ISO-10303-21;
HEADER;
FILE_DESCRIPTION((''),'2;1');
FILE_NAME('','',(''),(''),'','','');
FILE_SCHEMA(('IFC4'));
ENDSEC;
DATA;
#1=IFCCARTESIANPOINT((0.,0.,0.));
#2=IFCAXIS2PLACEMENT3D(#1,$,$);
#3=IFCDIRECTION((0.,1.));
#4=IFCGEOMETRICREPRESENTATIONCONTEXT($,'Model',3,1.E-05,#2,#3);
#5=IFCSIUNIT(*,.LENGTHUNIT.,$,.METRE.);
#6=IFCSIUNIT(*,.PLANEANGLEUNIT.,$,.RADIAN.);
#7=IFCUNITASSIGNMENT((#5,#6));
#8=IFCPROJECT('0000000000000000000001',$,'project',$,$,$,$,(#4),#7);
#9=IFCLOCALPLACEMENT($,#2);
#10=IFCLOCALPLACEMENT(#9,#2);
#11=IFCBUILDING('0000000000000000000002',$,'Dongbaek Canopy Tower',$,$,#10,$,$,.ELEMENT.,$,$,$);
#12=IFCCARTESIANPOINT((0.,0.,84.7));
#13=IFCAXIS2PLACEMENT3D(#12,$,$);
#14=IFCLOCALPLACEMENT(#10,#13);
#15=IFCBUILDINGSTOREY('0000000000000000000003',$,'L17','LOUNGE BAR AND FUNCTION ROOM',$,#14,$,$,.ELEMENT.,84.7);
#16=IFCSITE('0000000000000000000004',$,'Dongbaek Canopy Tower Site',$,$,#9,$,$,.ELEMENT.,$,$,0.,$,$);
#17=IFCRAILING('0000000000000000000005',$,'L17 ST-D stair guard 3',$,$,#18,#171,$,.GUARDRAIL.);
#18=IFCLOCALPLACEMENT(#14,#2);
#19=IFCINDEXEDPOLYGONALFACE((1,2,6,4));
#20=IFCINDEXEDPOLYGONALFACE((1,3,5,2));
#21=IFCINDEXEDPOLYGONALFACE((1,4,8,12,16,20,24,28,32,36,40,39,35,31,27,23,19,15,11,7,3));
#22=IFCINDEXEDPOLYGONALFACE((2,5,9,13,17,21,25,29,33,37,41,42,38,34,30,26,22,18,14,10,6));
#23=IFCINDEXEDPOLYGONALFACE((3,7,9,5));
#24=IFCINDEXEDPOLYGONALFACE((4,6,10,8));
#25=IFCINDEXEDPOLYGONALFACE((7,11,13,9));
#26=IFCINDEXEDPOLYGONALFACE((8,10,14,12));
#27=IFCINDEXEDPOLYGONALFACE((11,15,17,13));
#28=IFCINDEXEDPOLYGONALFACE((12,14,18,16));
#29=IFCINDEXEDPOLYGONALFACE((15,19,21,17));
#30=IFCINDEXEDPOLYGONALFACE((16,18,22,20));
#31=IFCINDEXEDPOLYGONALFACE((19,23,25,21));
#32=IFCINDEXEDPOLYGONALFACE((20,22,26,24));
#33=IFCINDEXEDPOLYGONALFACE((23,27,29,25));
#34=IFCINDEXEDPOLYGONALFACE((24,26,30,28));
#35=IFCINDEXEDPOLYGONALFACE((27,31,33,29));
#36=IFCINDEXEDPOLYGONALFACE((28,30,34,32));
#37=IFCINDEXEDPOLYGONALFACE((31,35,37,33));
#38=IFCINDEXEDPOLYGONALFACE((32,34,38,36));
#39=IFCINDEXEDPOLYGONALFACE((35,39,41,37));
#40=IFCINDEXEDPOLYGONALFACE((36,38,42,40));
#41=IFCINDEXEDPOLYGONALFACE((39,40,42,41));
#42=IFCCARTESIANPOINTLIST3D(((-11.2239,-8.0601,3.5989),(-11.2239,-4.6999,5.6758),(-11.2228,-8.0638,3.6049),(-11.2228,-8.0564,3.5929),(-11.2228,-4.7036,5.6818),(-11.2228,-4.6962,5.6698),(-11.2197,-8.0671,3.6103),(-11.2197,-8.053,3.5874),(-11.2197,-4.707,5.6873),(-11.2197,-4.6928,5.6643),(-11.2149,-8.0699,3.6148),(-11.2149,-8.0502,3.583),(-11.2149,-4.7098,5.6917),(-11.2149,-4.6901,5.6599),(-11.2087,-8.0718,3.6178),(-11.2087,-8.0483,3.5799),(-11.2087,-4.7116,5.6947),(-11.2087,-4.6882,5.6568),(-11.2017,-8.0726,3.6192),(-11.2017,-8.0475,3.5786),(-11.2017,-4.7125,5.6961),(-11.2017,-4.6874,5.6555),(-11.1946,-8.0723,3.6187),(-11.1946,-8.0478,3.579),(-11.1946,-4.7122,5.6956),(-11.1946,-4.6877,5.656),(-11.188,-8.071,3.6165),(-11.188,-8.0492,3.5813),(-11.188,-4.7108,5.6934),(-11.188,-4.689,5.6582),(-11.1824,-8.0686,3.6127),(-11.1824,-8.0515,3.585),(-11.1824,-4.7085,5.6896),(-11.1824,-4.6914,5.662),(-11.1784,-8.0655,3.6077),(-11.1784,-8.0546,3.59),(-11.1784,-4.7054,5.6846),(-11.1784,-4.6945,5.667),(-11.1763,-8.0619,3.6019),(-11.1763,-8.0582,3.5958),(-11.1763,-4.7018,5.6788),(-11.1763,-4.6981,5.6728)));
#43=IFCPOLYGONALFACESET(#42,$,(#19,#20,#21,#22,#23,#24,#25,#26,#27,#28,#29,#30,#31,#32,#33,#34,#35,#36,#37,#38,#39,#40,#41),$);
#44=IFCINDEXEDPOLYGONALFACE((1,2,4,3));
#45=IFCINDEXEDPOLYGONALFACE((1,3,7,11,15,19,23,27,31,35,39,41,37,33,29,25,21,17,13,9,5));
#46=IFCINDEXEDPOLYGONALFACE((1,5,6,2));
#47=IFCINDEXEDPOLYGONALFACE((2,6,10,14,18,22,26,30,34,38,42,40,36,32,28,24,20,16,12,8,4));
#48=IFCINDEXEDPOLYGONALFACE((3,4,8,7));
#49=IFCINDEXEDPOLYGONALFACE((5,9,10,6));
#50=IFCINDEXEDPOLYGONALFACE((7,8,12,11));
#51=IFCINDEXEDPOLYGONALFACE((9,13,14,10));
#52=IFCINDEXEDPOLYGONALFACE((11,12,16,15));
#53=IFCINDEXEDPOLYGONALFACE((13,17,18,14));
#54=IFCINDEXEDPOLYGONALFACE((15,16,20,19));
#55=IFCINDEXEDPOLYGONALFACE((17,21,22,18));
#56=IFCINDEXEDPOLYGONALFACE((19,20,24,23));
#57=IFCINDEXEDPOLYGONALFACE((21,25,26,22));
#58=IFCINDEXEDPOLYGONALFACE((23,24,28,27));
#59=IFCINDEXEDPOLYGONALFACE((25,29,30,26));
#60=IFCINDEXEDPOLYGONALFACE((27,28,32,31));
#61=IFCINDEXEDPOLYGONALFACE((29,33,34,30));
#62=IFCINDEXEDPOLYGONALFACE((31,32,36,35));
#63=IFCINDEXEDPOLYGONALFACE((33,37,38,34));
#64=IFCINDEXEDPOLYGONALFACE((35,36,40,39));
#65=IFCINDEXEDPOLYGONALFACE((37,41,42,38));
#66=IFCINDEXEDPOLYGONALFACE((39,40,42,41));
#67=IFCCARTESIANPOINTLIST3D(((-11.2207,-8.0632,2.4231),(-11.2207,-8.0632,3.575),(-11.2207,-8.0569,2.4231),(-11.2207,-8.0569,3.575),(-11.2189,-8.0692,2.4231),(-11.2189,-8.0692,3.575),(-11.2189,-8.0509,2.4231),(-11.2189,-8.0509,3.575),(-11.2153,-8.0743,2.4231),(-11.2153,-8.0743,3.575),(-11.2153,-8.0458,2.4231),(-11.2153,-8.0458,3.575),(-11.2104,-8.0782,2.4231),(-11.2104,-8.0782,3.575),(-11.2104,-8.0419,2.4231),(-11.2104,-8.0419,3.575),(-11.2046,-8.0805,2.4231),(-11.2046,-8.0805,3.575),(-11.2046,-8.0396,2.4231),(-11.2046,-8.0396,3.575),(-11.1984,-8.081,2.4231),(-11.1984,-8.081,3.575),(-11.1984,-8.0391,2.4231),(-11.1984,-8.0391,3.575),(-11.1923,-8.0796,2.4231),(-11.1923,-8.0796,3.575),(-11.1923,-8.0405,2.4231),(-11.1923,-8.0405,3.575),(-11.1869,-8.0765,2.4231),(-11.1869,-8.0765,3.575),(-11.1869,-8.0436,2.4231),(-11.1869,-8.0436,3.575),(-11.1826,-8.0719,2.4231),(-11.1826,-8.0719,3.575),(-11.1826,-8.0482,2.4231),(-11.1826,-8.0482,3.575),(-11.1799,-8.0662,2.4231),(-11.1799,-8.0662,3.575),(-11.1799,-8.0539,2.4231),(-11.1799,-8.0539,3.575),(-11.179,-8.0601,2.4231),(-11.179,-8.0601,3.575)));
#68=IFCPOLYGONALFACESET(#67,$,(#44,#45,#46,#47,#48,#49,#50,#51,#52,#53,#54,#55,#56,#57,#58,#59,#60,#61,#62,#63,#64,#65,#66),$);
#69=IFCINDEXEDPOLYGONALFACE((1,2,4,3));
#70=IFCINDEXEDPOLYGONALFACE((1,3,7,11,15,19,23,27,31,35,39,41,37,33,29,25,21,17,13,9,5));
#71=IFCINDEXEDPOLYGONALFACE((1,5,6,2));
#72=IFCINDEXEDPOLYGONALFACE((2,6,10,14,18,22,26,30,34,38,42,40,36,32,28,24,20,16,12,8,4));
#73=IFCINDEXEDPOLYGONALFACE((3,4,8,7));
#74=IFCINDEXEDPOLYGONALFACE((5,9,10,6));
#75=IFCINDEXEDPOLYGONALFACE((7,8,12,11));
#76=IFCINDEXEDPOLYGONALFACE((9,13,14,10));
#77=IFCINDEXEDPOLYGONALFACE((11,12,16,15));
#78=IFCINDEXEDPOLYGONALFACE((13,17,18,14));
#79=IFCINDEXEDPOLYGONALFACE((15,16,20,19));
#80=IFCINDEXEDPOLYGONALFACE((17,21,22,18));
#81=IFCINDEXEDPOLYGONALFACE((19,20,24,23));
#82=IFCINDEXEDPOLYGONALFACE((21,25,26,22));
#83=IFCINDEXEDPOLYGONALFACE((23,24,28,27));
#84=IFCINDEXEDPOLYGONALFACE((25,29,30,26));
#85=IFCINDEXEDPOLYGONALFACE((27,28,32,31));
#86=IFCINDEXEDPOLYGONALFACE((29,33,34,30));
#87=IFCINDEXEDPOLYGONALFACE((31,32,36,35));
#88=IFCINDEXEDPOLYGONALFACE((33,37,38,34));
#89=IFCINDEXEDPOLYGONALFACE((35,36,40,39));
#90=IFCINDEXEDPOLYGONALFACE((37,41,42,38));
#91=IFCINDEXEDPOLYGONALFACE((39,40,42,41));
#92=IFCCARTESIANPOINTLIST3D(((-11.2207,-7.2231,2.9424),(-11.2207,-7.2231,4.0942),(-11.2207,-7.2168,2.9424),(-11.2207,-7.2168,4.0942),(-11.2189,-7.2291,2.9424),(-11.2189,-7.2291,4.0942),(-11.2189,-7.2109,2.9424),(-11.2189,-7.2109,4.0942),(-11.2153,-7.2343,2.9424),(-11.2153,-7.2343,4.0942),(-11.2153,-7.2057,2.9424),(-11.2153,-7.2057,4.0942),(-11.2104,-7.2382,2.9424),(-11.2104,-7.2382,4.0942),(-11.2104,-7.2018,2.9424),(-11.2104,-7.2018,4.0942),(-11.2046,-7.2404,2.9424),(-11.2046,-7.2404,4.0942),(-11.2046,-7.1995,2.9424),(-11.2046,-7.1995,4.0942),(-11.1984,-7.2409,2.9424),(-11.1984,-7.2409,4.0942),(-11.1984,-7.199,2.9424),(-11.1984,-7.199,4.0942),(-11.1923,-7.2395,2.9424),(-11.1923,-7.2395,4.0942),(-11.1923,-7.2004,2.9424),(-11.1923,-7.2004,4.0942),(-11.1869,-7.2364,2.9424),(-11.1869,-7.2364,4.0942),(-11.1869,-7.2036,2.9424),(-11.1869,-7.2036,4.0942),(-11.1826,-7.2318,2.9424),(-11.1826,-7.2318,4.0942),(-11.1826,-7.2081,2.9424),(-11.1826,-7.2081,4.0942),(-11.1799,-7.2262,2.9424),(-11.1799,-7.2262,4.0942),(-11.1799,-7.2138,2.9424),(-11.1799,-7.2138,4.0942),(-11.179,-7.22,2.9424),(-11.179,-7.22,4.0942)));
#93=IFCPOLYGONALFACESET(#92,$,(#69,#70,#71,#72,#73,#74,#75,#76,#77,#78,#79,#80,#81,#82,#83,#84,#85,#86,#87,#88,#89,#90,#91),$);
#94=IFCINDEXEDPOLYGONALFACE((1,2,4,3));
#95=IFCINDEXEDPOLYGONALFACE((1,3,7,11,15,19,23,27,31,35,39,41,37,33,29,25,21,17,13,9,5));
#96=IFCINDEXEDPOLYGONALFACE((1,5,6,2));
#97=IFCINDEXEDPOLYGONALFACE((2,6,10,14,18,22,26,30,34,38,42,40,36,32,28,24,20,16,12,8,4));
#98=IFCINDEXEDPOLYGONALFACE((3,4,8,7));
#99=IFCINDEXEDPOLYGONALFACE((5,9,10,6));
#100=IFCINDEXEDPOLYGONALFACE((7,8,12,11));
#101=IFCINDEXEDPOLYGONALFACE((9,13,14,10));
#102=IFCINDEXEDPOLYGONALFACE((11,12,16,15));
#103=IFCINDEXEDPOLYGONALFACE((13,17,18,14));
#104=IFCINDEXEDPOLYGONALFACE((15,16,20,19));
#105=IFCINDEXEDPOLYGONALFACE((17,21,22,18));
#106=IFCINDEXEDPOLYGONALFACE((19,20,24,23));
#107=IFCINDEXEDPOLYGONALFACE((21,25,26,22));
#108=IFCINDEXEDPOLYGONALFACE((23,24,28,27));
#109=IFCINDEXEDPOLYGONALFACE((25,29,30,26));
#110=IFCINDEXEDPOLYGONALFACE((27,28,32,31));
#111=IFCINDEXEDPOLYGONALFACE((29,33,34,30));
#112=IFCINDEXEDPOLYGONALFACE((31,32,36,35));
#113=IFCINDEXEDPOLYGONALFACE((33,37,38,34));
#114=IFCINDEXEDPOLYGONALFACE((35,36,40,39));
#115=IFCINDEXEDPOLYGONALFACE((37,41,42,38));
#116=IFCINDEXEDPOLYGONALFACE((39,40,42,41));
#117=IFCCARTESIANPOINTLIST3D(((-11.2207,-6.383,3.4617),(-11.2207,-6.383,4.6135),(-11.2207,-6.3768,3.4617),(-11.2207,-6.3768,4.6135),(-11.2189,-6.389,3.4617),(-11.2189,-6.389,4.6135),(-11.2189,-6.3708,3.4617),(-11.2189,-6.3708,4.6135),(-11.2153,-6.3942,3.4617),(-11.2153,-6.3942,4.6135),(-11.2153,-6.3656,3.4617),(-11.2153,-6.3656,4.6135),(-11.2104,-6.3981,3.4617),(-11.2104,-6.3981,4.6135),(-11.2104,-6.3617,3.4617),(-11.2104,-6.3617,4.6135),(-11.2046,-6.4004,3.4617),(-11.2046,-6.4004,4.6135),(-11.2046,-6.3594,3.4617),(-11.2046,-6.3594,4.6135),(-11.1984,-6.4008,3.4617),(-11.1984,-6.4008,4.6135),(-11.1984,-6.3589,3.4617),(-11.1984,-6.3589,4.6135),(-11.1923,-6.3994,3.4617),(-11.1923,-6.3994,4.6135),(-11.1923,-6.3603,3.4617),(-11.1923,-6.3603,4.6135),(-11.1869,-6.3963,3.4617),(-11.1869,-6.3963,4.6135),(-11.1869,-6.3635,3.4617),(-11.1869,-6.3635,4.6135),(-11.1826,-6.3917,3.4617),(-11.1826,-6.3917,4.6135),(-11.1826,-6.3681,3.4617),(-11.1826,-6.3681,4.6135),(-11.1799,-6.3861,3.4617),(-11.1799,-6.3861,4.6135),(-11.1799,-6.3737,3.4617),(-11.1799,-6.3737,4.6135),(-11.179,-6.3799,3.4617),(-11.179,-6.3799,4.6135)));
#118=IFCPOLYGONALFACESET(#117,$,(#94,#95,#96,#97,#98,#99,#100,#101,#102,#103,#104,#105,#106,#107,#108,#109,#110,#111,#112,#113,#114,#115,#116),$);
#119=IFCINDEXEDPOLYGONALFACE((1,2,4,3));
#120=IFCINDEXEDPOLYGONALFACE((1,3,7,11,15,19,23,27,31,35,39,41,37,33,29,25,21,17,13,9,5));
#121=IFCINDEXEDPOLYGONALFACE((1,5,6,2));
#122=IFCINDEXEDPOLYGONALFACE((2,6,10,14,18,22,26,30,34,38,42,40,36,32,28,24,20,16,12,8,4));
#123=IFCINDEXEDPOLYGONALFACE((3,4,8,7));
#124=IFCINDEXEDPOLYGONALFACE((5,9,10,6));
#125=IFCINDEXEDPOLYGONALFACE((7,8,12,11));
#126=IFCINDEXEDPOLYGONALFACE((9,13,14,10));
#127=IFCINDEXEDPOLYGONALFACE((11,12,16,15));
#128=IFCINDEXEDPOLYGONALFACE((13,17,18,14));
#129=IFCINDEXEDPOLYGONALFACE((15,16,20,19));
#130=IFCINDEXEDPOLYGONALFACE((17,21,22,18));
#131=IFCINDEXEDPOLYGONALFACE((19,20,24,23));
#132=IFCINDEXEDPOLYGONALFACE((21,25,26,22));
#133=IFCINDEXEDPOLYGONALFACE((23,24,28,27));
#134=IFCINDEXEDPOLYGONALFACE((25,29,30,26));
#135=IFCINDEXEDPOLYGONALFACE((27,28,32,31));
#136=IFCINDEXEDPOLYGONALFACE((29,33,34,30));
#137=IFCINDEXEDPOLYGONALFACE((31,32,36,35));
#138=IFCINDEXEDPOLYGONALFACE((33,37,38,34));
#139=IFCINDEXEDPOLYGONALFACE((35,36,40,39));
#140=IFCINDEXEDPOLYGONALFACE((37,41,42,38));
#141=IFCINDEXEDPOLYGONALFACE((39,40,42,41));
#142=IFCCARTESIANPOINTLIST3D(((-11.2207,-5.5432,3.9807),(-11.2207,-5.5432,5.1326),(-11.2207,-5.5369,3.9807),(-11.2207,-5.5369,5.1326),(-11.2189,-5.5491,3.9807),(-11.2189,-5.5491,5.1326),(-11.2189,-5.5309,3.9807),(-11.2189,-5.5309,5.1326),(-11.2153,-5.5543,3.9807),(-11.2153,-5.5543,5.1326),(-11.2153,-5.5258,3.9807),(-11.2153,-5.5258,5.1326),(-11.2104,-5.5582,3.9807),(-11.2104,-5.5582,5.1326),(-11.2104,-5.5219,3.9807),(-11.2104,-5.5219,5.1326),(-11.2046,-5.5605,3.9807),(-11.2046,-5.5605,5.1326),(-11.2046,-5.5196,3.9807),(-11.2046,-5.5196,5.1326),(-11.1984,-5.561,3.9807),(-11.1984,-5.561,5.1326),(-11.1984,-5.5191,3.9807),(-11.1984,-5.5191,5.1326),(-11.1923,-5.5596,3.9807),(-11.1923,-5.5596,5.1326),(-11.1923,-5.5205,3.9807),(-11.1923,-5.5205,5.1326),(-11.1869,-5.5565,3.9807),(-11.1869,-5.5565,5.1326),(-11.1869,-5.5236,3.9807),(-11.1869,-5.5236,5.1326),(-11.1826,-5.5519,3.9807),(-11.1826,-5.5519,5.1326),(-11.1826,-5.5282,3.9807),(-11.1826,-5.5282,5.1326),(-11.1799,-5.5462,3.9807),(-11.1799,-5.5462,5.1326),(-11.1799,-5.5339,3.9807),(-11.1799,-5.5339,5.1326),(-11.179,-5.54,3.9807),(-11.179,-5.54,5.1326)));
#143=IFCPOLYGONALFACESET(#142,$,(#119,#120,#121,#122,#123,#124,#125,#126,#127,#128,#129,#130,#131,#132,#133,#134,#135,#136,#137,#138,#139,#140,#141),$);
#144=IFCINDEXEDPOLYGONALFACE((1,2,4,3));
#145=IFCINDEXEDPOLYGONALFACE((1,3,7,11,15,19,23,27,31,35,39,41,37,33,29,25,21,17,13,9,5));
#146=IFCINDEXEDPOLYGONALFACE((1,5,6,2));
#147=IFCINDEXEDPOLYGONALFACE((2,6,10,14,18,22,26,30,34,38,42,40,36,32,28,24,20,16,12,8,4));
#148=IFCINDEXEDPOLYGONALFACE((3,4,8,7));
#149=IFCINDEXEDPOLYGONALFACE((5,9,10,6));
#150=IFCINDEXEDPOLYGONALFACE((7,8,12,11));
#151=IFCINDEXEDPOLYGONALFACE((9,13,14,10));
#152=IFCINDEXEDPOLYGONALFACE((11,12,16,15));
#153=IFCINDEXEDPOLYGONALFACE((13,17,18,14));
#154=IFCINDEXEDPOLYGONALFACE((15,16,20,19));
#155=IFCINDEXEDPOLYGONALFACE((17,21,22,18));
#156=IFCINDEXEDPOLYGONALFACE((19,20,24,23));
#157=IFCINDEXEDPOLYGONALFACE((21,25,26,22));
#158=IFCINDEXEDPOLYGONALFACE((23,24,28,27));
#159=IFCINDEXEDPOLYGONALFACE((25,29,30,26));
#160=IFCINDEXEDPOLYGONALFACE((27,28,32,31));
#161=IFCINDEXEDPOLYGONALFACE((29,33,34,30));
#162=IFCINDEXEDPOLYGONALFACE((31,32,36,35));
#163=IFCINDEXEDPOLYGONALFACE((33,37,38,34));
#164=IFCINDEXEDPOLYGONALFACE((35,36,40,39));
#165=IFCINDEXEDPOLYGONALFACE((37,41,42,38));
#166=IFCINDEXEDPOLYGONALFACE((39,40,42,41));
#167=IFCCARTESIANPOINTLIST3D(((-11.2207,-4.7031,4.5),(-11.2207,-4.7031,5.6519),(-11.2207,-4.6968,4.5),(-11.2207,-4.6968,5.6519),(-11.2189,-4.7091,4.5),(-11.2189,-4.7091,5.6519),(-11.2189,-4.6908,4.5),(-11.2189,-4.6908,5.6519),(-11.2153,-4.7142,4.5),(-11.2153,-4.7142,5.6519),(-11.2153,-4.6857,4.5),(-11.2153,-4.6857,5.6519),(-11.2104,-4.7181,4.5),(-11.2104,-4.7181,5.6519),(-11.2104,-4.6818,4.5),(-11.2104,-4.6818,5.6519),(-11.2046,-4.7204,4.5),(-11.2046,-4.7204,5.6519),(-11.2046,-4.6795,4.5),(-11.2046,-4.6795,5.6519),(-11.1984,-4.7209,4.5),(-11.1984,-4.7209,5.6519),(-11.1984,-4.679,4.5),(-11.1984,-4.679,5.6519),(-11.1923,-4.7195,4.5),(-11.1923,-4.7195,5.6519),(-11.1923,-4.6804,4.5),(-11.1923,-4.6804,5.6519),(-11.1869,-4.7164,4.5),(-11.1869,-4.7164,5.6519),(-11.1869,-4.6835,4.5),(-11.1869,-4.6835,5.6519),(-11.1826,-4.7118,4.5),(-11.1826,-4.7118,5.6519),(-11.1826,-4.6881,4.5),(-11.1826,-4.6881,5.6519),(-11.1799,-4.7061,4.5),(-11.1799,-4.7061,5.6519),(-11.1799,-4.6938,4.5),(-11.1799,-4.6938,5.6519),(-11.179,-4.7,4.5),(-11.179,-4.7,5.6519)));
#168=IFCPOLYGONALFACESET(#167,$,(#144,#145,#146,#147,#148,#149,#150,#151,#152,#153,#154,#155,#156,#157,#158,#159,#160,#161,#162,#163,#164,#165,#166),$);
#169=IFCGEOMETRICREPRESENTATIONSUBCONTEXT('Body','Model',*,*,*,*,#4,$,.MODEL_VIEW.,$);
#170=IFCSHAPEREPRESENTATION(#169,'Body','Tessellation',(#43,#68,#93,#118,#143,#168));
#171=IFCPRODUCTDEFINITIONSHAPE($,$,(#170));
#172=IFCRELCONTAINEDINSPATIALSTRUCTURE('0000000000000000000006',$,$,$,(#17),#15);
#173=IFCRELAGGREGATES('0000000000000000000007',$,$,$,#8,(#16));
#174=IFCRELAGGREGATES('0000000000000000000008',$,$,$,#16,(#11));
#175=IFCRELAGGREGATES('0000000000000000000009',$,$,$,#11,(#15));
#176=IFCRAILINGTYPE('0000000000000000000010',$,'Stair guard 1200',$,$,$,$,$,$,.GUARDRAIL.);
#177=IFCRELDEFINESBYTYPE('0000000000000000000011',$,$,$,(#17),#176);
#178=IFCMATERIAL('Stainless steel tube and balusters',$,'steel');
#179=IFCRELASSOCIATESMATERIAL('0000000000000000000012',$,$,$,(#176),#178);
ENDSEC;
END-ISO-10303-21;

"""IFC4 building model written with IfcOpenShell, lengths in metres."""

from ifc_helpers import new_model, si_unit, direction, frame, origin, origin_2d, place, context, subcontext, project, spatial, circle, extrude, material, type_object, element, save


model = new_model("IFC4")

# Units and contexts
model_context = context("Model", 3, precision=1e-05, world=origin(), true_north=direction((0.0, 1.0)))
body_context = subcontext(model_context, "Body", "Model", "MODEL_VIEW")
ifc_project = project(units=[si_unit("LENGTHUNIT", "METRE"), si_unit("PLANEANGLEUNIT", "RADIAN")], contexts=[model_context])

# Site, building, storey
site_placement = place(None, origin())
site = spatial("IfcSite", under=ifc_project, at=site_placement, Name="Dongbaek Canopy Tower Site", CompositionType="ELEMENT", RefElevation=0.0)
building_placement = place(site_placement, origin())
building = spatial("IfcBuilding", under=site, at=building_placement, Name="Dongbaek Canopy Tower", CompositionType="ELEMENT")
storey_placement = place(building_placement, frame((0.0, 0.0, 84.7)))
storey = spatial("IfcBuildingStorey", under=building, at=storey_placement, Name="L17", Description="LOUNGE BAR AND FUNCTION ROOM", CompositionType="ELEMENT", Elevation=84.7)

# Railing
ifc_material_1 = material(Name="Stainless steel tube and balusters", Category="steel")
railing_type_1 = type_object("IfcRailingType", Name="Stair guard 1200", PredefinedType="GUARDRAIL", material=ifc_material_1)
railing_1_placement = place(storey_placement, frame((-11.2, -8.0601, 2.4231)))
element("IfcRailing", 1, at=railing_1_placement, inside=storey, type_object=railing_type_1, Name="L17 ST-D stair guard 3", PredefinedType="GUARDRAIL", context=body_context, shape_type="SweptSolid", body=[
    extrude(circle(Radius=0.0239, at=origin_2d()), frame((0.0, 0.0, 1.1758), z_axis=(0.0, 0.850623, 0.525776), x_axis=(-1.0, 0.0, 0.0)), (0.0, 0.0, 1.0), 3.9502),
    extrude(circle(Radius=0.021, at=origin_2d()), origin(), (0.0, 0.0, 1.0), 1.1519),
    extrude(circle(Radius=0.021, at=origin_2d()), frame((0.0, 0.8401, 0.5193)), (0.0, 0.0, 1.0), 1.1519),
    extrude(circle(Radius=0.021, at=origin_2d()), frame((0.0, 1.6802, 1.0386)), (0.0, 0.0, 1.0), 1.1519),
    extrude(circle(Radius=0.021, at=origin_2d()), frame((0.0, 2.52, 1.5576)), (0.0, 0.0, 1.0), 1.1519),
    extrude(circle(Radius=0.021, at=origin_2d()), frame((0.0, 3.3601, 2.0769)), (0.0, 0.0, 1.0), 1.1519),
])

save(model, "model.ifc")
